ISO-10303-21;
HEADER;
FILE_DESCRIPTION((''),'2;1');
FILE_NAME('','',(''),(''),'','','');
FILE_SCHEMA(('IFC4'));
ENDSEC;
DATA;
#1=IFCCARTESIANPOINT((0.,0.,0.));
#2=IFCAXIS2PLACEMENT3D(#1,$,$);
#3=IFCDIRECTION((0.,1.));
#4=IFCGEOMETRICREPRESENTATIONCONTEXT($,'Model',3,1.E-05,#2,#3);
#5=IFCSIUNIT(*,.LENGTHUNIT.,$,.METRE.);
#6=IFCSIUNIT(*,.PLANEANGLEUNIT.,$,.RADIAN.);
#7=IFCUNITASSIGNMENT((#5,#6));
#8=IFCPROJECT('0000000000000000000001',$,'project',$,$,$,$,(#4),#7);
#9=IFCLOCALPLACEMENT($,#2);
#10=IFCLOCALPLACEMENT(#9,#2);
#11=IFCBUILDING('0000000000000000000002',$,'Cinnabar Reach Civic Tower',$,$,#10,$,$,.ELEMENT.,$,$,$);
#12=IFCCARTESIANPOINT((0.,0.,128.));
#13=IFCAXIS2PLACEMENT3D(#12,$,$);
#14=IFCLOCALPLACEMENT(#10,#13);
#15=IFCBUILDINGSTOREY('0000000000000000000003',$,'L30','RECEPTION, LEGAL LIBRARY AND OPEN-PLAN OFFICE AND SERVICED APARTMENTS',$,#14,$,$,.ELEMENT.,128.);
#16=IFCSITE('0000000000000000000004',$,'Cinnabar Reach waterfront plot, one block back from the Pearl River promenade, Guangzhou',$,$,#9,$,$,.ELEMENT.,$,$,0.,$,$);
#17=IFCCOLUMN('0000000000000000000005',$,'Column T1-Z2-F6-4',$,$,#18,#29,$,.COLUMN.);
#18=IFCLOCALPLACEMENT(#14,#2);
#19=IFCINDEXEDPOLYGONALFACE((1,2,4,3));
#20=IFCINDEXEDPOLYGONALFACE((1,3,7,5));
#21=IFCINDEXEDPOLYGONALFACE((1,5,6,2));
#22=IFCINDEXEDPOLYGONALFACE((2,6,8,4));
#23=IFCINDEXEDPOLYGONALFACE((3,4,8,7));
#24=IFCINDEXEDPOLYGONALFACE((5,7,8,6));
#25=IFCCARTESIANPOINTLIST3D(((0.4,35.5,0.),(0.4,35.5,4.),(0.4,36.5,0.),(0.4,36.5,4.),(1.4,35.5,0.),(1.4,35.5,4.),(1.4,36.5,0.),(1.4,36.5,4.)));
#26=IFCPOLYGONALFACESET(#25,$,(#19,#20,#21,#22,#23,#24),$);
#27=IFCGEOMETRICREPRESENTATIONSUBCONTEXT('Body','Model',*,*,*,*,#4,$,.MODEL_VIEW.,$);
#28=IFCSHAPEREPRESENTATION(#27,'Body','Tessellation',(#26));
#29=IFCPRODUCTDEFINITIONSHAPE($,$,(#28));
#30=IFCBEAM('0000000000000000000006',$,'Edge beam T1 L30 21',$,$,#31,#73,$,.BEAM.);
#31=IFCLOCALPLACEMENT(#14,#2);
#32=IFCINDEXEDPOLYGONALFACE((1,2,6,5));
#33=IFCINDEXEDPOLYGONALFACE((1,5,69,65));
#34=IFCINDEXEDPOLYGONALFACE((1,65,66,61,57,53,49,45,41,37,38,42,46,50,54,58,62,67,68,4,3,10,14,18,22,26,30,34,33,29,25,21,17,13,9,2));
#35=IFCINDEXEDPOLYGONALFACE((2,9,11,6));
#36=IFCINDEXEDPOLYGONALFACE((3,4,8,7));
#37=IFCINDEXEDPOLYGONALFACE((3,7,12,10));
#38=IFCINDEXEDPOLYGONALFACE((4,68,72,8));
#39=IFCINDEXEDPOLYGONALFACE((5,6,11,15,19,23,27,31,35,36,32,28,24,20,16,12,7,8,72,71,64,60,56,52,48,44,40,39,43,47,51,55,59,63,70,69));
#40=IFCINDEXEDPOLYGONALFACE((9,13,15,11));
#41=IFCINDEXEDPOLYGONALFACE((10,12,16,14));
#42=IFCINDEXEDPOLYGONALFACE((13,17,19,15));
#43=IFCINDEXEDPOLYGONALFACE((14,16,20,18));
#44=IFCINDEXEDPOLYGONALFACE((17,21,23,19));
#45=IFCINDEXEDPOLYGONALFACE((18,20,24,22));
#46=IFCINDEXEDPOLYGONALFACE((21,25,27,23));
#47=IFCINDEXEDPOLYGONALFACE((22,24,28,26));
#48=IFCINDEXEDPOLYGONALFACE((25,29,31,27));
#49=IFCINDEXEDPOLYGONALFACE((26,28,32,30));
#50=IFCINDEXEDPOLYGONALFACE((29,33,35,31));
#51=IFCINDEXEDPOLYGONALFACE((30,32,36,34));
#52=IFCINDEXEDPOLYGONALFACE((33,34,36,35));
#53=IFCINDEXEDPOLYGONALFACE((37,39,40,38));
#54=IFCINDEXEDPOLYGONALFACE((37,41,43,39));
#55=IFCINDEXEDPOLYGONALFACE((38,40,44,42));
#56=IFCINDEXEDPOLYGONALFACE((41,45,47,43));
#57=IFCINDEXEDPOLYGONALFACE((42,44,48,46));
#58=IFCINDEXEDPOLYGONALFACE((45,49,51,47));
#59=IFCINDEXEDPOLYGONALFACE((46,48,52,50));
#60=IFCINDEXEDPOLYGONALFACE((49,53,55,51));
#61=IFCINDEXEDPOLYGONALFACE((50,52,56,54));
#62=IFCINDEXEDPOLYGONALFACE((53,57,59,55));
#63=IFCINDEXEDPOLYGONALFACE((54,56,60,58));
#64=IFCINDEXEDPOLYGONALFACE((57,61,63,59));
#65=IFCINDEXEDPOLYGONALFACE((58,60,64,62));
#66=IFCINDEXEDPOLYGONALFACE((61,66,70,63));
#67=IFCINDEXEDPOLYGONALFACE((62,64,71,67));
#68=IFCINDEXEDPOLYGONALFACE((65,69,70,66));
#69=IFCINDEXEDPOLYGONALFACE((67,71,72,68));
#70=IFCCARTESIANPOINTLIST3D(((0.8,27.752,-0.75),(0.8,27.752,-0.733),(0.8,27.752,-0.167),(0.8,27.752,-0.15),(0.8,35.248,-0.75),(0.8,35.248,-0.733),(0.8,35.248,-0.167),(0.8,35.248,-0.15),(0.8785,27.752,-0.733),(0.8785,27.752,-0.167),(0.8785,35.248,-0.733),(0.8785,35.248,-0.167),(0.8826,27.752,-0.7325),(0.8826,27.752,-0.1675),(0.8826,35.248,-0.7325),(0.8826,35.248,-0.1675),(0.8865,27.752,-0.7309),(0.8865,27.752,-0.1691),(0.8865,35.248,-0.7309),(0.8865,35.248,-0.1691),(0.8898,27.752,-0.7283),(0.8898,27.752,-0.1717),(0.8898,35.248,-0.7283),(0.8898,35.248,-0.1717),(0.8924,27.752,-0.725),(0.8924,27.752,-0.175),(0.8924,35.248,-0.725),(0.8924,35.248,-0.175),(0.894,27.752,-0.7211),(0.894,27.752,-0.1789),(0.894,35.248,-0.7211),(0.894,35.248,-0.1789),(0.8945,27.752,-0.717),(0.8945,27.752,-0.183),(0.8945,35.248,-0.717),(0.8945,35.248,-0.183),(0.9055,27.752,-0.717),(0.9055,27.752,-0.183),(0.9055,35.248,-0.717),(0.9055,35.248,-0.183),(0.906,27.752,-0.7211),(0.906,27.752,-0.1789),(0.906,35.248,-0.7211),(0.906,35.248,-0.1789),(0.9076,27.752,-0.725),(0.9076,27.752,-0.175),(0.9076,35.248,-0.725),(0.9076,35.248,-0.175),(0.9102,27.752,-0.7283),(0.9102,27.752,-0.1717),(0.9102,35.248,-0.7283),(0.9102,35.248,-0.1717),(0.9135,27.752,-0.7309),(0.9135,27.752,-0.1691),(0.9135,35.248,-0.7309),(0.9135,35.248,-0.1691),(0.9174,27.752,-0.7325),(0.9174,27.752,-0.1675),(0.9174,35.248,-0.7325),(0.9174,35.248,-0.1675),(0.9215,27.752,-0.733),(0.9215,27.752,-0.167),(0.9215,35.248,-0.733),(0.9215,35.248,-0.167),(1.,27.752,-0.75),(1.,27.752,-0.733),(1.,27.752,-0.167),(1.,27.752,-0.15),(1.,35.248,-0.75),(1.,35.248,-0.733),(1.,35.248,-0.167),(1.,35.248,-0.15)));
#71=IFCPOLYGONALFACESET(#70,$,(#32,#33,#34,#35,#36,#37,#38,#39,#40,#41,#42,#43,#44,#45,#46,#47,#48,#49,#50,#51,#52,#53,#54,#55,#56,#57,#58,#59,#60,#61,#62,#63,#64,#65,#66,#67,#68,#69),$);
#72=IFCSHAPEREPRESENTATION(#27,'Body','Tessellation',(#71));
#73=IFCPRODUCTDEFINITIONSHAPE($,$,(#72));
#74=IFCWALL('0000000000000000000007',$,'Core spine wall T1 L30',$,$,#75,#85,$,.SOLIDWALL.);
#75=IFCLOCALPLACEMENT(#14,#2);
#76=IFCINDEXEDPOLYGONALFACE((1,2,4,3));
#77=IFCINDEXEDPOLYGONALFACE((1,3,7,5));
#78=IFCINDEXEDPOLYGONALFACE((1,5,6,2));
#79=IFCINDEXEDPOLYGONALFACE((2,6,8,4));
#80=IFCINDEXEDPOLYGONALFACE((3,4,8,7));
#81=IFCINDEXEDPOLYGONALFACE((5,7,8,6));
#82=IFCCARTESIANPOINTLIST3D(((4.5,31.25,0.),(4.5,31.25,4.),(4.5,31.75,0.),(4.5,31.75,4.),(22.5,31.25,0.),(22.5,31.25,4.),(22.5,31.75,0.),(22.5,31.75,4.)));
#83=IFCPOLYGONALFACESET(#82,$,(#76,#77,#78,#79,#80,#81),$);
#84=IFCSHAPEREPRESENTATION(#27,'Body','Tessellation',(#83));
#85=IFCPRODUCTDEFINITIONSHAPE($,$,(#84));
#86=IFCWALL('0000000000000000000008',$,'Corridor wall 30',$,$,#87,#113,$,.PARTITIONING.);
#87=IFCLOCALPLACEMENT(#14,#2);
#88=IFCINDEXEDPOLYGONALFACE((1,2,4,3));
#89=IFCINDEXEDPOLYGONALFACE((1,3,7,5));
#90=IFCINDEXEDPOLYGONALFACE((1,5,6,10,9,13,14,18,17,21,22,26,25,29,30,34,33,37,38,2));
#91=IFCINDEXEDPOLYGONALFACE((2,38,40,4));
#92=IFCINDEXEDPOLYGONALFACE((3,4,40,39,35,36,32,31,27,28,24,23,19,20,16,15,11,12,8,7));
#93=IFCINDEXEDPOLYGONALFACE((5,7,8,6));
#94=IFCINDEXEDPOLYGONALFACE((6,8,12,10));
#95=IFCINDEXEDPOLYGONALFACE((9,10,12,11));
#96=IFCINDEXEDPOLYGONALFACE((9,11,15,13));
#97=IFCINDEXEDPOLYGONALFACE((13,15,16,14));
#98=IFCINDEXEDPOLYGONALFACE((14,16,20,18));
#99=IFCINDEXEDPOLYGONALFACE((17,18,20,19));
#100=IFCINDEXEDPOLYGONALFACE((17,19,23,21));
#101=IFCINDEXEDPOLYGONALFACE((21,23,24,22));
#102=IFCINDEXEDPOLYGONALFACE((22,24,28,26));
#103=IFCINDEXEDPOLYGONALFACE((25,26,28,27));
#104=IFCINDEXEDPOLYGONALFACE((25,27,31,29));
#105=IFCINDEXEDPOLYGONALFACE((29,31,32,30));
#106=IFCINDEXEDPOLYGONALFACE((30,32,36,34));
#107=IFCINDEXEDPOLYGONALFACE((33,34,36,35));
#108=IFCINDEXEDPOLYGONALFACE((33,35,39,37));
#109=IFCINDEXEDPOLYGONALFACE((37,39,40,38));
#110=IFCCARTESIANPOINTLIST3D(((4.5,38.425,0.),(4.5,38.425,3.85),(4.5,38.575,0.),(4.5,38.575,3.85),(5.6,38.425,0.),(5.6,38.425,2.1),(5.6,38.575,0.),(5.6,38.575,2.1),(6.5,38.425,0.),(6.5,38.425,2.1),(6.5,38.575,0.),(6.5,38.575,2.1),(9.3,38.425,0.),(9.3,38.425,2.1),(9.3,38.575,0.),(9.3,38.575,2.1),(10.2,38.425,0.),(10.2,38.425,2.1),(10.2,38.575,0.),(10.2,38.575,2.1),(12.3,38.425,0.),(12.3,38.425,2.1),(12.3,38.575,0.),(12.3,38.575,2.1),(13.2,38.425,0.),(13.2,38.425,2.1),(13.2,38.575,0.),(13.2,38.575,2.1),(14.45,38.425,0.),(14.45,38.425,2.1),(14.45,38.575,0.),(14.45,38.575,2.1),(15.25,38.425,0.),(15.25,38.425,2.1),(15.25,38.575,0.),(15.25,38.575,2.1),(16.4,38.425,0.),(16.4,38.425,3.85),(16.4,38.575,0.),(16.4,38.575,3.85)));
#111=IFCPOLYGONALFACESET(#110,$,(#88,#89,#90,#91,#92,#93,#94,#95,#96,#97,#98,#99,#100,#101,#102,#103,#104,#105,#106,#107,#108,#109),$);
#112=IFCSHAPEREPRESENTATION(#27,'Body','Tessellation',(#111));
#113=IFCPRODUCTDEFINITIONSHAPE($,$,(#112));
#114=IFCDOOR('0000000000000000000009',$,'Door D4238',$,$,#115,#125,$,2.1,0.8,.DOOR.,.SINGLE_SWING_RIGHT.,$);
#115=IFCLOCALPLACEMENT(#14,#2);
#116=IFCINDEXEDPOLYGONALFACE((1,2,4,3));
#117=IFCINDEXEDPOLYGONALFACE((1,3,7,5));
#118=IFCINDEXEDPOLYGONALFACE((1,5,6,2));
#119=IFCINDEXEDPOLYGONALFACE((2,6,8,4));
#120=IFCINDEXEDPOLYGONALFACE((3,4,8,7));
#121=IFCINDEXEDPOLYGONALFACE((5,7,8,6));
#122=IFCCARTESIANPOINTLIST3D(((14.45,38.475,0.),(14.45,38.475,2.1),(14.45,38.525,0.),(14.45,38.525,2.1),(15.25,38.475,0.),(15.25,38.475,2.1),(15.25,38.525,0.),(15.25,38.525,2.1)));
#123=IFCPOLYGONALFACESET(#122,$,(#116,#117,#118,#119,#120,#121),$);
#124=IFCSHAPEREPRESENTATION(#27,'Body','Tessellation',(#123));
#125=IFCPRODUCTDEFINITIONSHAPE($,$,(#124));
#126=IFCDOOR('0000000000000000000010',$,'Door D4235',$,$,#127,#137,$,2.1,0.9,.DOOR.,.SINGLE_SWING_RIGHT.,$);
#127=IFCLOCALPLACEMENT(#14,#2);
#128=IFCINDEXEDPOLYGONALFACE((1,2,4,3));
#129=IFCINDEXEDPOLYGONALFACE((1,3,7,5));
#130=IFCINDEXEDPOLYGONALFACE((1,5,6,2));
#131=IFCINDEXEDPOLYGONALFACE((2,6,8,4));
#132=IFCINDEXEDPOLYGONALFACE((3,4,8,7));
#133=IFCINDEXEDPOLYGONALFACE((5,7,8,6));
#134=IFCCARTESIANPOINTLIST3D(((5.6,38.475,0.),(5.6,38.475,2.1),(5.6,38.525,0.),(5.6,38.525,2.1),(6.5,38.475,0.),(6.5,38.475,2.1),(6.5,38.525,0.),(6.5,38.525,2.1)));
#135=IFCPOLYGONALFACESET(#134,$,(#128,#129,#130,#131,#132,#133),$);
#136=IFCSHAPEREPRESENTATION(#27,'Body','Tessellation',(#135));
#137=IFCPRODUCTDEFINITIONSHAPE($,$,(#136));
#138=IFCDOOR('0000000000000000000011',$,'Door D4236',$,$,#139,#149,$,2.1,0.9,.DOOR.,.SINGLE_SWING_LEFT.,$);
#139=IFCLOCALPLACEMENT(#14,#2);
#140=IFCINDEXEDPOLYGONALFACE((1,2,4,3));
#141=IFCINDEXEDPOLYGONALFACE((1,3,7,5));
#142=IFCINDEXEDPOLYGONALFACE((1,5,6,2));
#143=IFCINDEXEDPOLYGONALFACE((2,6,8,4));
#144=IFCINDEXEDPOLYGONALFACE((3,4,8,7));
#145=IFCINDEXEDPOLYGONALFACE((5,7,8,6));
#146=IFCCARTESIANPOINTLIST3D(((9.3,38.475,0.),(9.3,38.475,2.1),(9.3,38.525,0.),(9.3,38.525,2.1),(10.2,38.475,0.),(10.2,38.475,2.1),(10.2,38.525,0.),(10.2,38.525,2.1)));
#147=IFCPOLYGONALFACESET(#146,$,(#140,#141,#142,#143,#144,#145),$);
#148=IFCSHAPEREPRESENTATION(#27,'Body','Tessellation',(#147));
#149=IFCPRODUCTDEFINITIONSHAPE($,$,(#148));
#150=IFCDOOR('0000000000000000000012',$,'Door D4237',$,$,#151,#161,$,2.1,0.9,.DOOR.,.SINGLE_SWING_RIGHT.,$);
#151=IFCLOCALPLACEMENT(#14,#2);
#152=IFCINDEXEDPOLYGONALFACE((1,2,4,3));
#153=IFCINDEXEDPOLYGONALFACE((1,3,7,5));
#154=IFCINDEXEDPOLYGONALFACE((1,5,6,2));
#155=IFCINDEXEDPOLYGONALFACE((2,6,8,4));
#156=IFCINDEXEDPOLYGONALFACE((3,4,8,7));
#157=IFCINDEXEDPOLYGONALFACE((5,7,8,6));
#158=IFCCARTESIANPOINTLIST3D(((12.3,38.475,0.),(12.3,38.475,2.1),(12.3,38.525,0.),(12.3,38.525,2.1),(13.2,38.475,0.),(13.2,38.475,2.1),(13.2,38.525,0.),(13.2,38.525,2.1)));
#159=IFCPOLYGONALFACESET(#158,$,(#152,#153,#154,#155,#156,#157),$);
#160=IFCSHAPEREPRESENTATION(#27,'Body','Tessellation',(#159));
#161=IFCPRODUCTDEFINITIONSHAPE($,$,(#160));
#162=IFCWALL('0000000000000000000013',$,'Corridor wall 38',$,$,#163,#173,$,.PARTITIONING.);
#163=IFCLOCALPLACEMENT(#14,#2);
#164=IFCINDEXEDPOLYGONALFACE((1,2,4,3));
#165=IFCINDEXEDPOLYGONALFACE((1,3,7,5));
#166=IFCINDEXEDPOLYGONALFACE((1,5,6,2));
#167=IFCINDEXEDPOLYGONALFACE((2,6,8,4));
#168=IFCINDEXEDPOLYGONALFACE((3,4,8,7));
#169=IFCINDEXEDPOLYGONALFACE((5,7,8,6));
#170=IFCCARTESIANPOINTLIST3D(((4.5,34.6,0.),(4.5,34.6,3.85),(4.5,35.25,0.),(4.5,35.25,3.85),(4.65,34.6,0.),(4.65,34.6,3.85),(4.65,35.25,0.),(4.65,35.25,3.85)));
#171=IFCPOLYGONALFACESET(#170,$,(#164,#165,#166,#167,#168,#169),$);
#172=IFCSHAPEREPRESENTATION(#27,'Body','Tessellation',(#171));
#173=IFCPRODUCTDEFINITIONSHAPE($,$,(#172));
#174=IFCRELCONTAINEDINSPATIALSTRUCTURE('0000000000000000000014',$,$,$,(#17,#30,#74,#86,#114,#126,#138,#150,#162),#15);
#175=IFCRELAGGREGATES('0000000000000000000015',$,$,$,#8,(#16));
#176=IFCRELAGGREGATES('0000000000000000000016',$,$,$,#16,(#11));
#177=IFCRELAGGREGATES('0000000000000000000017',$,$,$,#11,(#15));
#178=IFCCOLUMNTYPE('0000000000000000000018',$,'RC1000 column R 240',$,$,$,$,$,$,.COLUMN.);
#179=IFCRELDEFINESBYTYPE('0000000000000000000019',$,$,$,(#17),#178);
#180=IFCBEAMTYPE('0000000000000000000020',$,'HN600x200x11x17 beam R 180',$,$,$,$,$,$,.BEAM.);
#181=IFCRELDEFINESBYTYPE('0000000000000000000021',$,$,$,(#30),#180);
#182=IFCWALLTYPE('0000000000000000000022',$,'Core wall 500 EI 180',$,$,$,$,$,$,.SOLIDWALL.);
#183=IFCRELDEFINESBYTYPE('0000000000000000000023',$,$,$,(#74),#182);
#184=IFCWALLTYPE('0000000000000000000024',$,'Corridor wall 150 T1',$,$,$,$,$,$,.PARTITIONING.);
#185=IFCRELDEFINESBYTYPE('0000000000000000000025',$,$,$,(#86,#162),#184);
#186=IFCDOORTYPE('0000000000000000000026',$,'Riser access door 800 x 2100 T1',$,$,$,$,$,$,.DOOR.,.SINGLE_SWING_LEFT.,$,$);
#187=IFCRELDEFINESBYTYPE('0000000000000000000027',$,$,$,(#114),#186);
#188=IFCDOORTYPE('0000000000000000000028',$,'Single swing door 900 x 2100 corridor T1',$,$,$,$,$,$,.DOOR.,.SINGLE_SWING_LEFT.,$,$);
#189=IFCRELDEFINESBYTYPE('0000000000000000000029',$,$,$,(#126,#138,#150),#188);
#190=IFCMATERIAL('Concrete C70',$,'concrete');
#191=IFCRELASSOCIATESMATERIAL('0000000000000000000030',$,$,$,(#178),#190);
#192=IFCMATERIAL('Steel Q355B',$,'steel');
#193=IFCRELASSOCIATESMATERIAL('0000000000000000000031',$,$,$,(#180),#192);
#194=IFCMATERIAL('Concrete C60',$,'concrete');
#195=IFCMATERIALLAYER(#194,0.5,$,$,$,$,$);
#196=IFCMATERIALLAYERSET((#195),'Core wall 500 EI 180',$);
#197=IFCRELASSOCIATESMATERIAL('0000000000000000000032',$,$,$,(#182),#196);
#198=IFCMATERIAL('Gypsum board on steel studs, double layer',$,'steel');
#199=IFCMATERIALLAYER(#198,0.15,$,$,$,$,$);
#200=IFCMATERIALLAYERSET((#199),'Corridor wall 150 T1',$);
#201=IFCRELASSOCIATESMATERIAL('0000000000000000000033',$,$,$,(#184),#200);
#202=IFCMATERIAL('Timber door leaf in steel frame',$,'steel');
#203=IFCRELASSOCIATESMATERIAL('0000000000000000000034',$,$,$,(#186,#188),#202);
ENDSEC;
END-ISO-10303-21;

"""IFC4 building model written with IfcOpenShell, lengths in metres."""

from ifc_helpers import new_model, si_unit, direction, frame, frame_2d, origin, origin_2d, place, context, subcontext, project, spatial, rectangle, i_section, extrude, material, layer, layer_set, material_profile, profile_set, type_object, element, fill, save


model = new_model("IFC4")

# Units and contexts
model_context = context("Model", 3, precision=1e-05, world=origin(), true_north=direction((0.0, 1.0)))
body_context = subcontext(model_context, "Body", "Model", "MODEL_VIEW")
ifc_project = project(units=[si_unit("LENGTHUNIT", "METRE"), si_unit("PLANEANGLEUNIT", "RADIAN")], contexts=[model_context])

# Site, building, storey
site_placement = place(None, origin())
site = spatial("IfcSite", under=ifc_project, at=site_placement, Name="Cinnabar Reach waterfront plot, one block back from the Pearl River promenade, Guangzhou", CompositionType="ELEMENT", RefElevation=0.0)
building_placement = place(site_placement, origin())
building = spatial("IfcBuilding", under=site, at=building_placement, Name="Cinnabar Reach Civic Tower", CompositionType="ELEMENT")
storey_placement = place(building_placement, frame((0.0, 0.0, 128.0)))
storey = spatial("IfcBuildingStorey", under=building, at=storey_placement, Name="L30", Description="RECEPTION, LEGAL LIBRARY AND OPEN-PLAN OFFICE AND SERVICED APARTMENTS", CompositionType="ELEMENT", Elevation=128.0)

# Column
ifc_material_1 = material(Name="Concrete C70", Category="concrete")
ifc_material_profile_1 = material_profile(ifc_material_1, rectangle(XDim=1.0, YDim=1.0, at=origin_2d()), Name="RC1000")
ifc_profile_set_1 = profile_set([ifc_material_profile_1], Name="Concrete C70")
column_type = type_object("IfcColumnType", Name="RC1000 column R 240", PredefinedType="COLUMN", material=ifc_profile_set_1)
column_placement = place(storey_placement, frame((0.9, 36.0, 0.0), z_axis=(0.0, 0.0, 1.0), x_axis=(1.0, 0.0, 0.0)))
element("IfcColumn", 1, at=column_placement, inside=storey, type_object=column_type, Name="Column T1-Z2-F6-4", PredefinedType="COLUMN", context=body_context, shape_type="SweptSolid", body=[
    extrude(rectangle(XDim=1.0, YDim=1.0, at=origin_2d()), origin(), (0.0, 0.0, 1.0), 4.0),
])

# Beam
ifc_material_2 = material(Name="Steel Q355B", Category="steel")
ifc_material_profile_2 = material_profile(ifc_material_2, i_section(OverallWidth=0.2, OverallDepth=0.6, WebThickness=0.011, FlangeThickness=0.017, FilletRadius=0.016, at=origin_2d()), Name="HN600x200x11x17")
ifc_profile_set_2 = profile_set([ifc_material_profile_2], Name="Steel Q355B")
beam_type = type_object("IfcBeamType", Name="HN600x200x11x17 beam R 180", PredefinedType="BEAM", material=ifc_profile_set_2)
beam_placement = place(storey_placement, frame((0.9, 35.248, -0.45), z_axis=(0.0, -1.0, 0.0), x_axis=(1.0, 0.0, 0.0)))
element("IfcBeam", 2, at=beam_placement, inside=storey, type_object=beam_type, Name="Edge beam T1 L30 21", PredefinedType="BEAM", context=body_context, shape_type="SweptSolid", body=[
    extrude(i_section(OverallWidth=0.2, OverallDepth=0.6, WebThickness=0.011, FlangeThickness=0.017, FilletRadius=0.016, at=origin_2d()), origin(), (0.0, 0.0, 1.0), 7.496),
])

# Wall
ifc_material_3 = material(Name="Concrete C60", Category="concrete")
ifc_layer_1 = layer(ifc_material_3, 0.5)
ifc_layer_set_1 = layer_set([ifc_layer_1], Name="Core wall 500 EI 180")
wall_type_1 = type_object("IfcWallType", Name="Core wall 500 EI 180", PredefinedType="SOLIDWALL", material=ifc_layer_set_1)
wall_1_placement = place(storey_placement, frame((4.5, 31.5, 0.0), z_axis=(0.0, 0.0, 1.0), x_axis=(1.0, 0.0, 0.0)))
element("IfcWall", 3, at=wall_1_placement, inside=storey, type_object=wall_type_1, Name="Core spine wall T1 L30", PredefinedType="SOLIDWALL", context=body_context, shape_type="SweptSolid", body=[
    extrude(rectangle(XDim=18.0, YDim=0.5, at=frame_2d((9.0, 0.0))), origin(), (0.0, 0.0, 1.0), 4.0),
])

# Wall, openings, doors
ifc_material_4 = material(Name="Gypsum board on steel studs, double layer", Category="steel")
ifc_layer_2 = layer(ifc_material_4, 0.15)
ifc_layer_set_2 = layer_set([ifc_layer_2], Name="Corridor wall 150 T1")
wall_type_2 = type_object("IfcWallType", Name="Corridor wall 150 T1", PredefinedType="PARTITIONING", material=ifc_layer_set_2)
wall_2_placement = place(storey_placement, frame((4.5, 38.5, 0.0), z_axis=(0.0, 0.0, 1.0), x_axis=(1.0, 0.0, 0.0)))
wall_2 = element("IfcWall", 4, at=wall_2_placement, inside=storey, type_object=wall_type_2, Name="Corridor wall 30", PredefinedType="PARTITIONING", context=body_context, shape_type="SweptSolid", body=[
    extrude(rectangle(XDim=11.9, YDim=0.15, at=frame_2d((5.95, 0.0))), origin(), (0.0, 0.0, 1.0), 3.85),
])
opening_1_placement = place(wall_2_placement, frame((1.1, 0.0, 0.0)))
opening_1 = element("IfcOpeningElement", 5, at=opening_1_placement, cuts=wall_2, PredefinedType="OPENING", context=body_context, shape_type="SweptSolid", body=[
    extrude(rectangle(XDim=0.9, YDim=2.1, at=frame_2d((0.45, 1.05))), frame((0.0, 0.085, 0.0), z_axis=(0.0, -1.0, 0.0), x_axis=(1.0, 0.0, 0.0)), (0.0, 0.0, 1.0), 0.17),
])
opening_2_placement = place(wall_2_placement, frame((4.8, 0.0, 0.0)))
opening_2 = element("IfcOpeningElement", 6, at=opening_2_placement, cuts=wall_2, PredefinedType="OPENING", context=body_context, shape_type="SweptSolid", body=[
    extrude(rectangle(XDim=0.9, YDim=2.1, at=frame_2d((0.45, 1.05))), frame((0.0, 0.085, 0.0), z_axis=(0.0, -1.0, 0.0), x_axis=(1.0, 0.0, 0.0)), (0.0, 0.0, 1.0), 0.17),
])
opening_3_placement = place(wall_2_placement, frame((7.8, 0.0, 0.0)))
opening_3 = element("IfcOpeningElement", 7, at=opening_3_placement, cuts=wall_2, PredefinedType="OPENING", context=body_context, shape_type="SweptSolid", body=[
    extrude(rectangle(XDim=0.9, YDim=2.1, at=frame_2d((0.45, 1.05))), frame((0.0, 0.085, 0.0), z_axis=(0.0, -1.0, 0.0), x_axis=(1.0, 0.0, 0.0)), (0.0, 0.0, 1.0), 0.17),
])
opening_4_placement = place(wall_2_placement, frame((9.95, 0.0, 0.0)))
opening_4 = element("IfcOpeningElement", 8, at=opening_4_placement, cuts=wall_2, PredefinedType="OPENING", context=body_context, shape_type="SweptSolid", body=[
    extrude(rectangle(XDim=0.8, YDim=2.1, at=frame_2d((0.4, 1.05))), frame((0.0, 0.085, 0.0), z_axis=(0.0, -1.0, 0.0), x_axis=(1.0, 0.0, 0.0)), (0.0, 0.0, 1.0), 0.17),
])
ifc_material_5 = material(Name="Timber door leaf in steel frame", Category="steel")
door_type_1 = type_object("IfcDoorType", Name="Riser access door 800 x 2100 T1", OperationType="SINGLE_SWING_LEFT", PredefinedType="DOOR", material=ifc_material_5)
door_1_placement = place(opening_4_placement, origin())
door_1 = element("IfcDoor", 9, at=door_1_placement, inside=storey, type_object=door_type_1, Name="Door D4238", OperationType="SINGLE_SWING_RIGHT", OverallHeight=2.1, OverallWidth=0.8, PredefinedType="DOOR", context=body_context, shape_type="SweptSolid", body=[
    extrude(rectangle(XDim=0.8, YDim=2.1, at=frame_2d((0.4, 1.05))), frame((0.0, 0.025, 0.0), z_axis=(0.0, -1.0, 0.0), x_axis=(1.0, 0.0, 0.0)), (0.0, 0.0, 1.0), 0.05),
])
fill(opening_4, door_1)
door_type_2 = type_object("IfcDoorType", Name="Single swing door 900 x 2100 corridor T1", OperationType="SINGLE_SWING_LEFT", PredefinedType="DOOR", material=ifc_material_5)
door_2_placement = place(opening_1_placement, origin())
door_2 = element("IfcDoor", 10, at=door_2_placement, inside=storey, type_object=door_type_2, Name="Door D4235", OperationType="SINGLE_SWING_RIGHT", OverallHeight=2.1, OverallWidth=0.9, PredefinedType="DOOR", context=body_context, shape_type="SweptSolid", body=[
    extrude(rectangle(XDim=0.9, YDim=2.1, at=frame_2d((0.45, 1.05))), frame((0.0, 0.025, 0.0), z_axis=(0.0, -1.0, 0.0), x_axis=(1.0, 0.0, 0.0)), (0.0, 0.0, 1.0), 0.05),
])
fill(opening_1, door_2)
door_3_placement = place(opening_2_placement, origin())
door_3 = element("IfcDoor", 11, at=door_3_placement, inside=storey, type_object=door_type_2, Name="Door D4236", OperationType="SINGLE_SWING_LEFT", OverallHeight=2.1, OverallWidth=0.9, PredefinedType="DOOR", context=body_context, shape_type="SweptSolid", body=[
    extrude(rectangle(XDim=0.9, YDim=2.1, at=frame_2d((0.45, 1.05))), frame((0.0, 0.025, 0.0), z_axis=(0.0, -1.0, 0.0), x_axis=(1.0, 0.0, 0.0)), (0.0, 0.0, 1.0), 0.05),
])
fill(opening_2, door_3)
door_4_placement = place(opening_3_placement, origin())
door_4 = element("IfcDoor", 12, at=door_4_placement, inside=storey, type_object=door_type_2, Name="Door D4237", OperationType="SINGLE_SWING_RIGHT", OverallHeight=2.1, OverallWidth=0.9, PredefinedType="DOOR", context=body_context, shape_type="SweptSolid", body=[
    extrude(rectangle(XDim=0.9, YDim=2.1, at=frame_2d((0.45, 1.05))), frame((0.0, 0.025, 0.0), z_axis=(0.0, -1.0, 0.0), x_axis=(1.0, 0.0, 0.0)), (0.0, 0.0, 1.0), 0.05),
])
fill(opening_3, door_4)

# Wall
wall_3_placement = place(storey_placement, frame((4.575, 34.6, 0.0), z_axis=(0.0, 0.0, 1.0), x_axis=(0.0, 1.0, 0.0)))
element("IfcWall", 13, at=wall_3_placement, inside=storey, type_object=wall_type_2, Name="Corridor wall 38", PredefinedType="PARTITIONING", context=body_context, shape_type="SweptSolid", body=[
    extrude(rectangle(XDim=0.65, YDim=0.15, at=frame_2d((0.325, 0.0))), origin(), (0.0, 0.0, 1.0), 3.85),
])

save(model, "model.ifc")
